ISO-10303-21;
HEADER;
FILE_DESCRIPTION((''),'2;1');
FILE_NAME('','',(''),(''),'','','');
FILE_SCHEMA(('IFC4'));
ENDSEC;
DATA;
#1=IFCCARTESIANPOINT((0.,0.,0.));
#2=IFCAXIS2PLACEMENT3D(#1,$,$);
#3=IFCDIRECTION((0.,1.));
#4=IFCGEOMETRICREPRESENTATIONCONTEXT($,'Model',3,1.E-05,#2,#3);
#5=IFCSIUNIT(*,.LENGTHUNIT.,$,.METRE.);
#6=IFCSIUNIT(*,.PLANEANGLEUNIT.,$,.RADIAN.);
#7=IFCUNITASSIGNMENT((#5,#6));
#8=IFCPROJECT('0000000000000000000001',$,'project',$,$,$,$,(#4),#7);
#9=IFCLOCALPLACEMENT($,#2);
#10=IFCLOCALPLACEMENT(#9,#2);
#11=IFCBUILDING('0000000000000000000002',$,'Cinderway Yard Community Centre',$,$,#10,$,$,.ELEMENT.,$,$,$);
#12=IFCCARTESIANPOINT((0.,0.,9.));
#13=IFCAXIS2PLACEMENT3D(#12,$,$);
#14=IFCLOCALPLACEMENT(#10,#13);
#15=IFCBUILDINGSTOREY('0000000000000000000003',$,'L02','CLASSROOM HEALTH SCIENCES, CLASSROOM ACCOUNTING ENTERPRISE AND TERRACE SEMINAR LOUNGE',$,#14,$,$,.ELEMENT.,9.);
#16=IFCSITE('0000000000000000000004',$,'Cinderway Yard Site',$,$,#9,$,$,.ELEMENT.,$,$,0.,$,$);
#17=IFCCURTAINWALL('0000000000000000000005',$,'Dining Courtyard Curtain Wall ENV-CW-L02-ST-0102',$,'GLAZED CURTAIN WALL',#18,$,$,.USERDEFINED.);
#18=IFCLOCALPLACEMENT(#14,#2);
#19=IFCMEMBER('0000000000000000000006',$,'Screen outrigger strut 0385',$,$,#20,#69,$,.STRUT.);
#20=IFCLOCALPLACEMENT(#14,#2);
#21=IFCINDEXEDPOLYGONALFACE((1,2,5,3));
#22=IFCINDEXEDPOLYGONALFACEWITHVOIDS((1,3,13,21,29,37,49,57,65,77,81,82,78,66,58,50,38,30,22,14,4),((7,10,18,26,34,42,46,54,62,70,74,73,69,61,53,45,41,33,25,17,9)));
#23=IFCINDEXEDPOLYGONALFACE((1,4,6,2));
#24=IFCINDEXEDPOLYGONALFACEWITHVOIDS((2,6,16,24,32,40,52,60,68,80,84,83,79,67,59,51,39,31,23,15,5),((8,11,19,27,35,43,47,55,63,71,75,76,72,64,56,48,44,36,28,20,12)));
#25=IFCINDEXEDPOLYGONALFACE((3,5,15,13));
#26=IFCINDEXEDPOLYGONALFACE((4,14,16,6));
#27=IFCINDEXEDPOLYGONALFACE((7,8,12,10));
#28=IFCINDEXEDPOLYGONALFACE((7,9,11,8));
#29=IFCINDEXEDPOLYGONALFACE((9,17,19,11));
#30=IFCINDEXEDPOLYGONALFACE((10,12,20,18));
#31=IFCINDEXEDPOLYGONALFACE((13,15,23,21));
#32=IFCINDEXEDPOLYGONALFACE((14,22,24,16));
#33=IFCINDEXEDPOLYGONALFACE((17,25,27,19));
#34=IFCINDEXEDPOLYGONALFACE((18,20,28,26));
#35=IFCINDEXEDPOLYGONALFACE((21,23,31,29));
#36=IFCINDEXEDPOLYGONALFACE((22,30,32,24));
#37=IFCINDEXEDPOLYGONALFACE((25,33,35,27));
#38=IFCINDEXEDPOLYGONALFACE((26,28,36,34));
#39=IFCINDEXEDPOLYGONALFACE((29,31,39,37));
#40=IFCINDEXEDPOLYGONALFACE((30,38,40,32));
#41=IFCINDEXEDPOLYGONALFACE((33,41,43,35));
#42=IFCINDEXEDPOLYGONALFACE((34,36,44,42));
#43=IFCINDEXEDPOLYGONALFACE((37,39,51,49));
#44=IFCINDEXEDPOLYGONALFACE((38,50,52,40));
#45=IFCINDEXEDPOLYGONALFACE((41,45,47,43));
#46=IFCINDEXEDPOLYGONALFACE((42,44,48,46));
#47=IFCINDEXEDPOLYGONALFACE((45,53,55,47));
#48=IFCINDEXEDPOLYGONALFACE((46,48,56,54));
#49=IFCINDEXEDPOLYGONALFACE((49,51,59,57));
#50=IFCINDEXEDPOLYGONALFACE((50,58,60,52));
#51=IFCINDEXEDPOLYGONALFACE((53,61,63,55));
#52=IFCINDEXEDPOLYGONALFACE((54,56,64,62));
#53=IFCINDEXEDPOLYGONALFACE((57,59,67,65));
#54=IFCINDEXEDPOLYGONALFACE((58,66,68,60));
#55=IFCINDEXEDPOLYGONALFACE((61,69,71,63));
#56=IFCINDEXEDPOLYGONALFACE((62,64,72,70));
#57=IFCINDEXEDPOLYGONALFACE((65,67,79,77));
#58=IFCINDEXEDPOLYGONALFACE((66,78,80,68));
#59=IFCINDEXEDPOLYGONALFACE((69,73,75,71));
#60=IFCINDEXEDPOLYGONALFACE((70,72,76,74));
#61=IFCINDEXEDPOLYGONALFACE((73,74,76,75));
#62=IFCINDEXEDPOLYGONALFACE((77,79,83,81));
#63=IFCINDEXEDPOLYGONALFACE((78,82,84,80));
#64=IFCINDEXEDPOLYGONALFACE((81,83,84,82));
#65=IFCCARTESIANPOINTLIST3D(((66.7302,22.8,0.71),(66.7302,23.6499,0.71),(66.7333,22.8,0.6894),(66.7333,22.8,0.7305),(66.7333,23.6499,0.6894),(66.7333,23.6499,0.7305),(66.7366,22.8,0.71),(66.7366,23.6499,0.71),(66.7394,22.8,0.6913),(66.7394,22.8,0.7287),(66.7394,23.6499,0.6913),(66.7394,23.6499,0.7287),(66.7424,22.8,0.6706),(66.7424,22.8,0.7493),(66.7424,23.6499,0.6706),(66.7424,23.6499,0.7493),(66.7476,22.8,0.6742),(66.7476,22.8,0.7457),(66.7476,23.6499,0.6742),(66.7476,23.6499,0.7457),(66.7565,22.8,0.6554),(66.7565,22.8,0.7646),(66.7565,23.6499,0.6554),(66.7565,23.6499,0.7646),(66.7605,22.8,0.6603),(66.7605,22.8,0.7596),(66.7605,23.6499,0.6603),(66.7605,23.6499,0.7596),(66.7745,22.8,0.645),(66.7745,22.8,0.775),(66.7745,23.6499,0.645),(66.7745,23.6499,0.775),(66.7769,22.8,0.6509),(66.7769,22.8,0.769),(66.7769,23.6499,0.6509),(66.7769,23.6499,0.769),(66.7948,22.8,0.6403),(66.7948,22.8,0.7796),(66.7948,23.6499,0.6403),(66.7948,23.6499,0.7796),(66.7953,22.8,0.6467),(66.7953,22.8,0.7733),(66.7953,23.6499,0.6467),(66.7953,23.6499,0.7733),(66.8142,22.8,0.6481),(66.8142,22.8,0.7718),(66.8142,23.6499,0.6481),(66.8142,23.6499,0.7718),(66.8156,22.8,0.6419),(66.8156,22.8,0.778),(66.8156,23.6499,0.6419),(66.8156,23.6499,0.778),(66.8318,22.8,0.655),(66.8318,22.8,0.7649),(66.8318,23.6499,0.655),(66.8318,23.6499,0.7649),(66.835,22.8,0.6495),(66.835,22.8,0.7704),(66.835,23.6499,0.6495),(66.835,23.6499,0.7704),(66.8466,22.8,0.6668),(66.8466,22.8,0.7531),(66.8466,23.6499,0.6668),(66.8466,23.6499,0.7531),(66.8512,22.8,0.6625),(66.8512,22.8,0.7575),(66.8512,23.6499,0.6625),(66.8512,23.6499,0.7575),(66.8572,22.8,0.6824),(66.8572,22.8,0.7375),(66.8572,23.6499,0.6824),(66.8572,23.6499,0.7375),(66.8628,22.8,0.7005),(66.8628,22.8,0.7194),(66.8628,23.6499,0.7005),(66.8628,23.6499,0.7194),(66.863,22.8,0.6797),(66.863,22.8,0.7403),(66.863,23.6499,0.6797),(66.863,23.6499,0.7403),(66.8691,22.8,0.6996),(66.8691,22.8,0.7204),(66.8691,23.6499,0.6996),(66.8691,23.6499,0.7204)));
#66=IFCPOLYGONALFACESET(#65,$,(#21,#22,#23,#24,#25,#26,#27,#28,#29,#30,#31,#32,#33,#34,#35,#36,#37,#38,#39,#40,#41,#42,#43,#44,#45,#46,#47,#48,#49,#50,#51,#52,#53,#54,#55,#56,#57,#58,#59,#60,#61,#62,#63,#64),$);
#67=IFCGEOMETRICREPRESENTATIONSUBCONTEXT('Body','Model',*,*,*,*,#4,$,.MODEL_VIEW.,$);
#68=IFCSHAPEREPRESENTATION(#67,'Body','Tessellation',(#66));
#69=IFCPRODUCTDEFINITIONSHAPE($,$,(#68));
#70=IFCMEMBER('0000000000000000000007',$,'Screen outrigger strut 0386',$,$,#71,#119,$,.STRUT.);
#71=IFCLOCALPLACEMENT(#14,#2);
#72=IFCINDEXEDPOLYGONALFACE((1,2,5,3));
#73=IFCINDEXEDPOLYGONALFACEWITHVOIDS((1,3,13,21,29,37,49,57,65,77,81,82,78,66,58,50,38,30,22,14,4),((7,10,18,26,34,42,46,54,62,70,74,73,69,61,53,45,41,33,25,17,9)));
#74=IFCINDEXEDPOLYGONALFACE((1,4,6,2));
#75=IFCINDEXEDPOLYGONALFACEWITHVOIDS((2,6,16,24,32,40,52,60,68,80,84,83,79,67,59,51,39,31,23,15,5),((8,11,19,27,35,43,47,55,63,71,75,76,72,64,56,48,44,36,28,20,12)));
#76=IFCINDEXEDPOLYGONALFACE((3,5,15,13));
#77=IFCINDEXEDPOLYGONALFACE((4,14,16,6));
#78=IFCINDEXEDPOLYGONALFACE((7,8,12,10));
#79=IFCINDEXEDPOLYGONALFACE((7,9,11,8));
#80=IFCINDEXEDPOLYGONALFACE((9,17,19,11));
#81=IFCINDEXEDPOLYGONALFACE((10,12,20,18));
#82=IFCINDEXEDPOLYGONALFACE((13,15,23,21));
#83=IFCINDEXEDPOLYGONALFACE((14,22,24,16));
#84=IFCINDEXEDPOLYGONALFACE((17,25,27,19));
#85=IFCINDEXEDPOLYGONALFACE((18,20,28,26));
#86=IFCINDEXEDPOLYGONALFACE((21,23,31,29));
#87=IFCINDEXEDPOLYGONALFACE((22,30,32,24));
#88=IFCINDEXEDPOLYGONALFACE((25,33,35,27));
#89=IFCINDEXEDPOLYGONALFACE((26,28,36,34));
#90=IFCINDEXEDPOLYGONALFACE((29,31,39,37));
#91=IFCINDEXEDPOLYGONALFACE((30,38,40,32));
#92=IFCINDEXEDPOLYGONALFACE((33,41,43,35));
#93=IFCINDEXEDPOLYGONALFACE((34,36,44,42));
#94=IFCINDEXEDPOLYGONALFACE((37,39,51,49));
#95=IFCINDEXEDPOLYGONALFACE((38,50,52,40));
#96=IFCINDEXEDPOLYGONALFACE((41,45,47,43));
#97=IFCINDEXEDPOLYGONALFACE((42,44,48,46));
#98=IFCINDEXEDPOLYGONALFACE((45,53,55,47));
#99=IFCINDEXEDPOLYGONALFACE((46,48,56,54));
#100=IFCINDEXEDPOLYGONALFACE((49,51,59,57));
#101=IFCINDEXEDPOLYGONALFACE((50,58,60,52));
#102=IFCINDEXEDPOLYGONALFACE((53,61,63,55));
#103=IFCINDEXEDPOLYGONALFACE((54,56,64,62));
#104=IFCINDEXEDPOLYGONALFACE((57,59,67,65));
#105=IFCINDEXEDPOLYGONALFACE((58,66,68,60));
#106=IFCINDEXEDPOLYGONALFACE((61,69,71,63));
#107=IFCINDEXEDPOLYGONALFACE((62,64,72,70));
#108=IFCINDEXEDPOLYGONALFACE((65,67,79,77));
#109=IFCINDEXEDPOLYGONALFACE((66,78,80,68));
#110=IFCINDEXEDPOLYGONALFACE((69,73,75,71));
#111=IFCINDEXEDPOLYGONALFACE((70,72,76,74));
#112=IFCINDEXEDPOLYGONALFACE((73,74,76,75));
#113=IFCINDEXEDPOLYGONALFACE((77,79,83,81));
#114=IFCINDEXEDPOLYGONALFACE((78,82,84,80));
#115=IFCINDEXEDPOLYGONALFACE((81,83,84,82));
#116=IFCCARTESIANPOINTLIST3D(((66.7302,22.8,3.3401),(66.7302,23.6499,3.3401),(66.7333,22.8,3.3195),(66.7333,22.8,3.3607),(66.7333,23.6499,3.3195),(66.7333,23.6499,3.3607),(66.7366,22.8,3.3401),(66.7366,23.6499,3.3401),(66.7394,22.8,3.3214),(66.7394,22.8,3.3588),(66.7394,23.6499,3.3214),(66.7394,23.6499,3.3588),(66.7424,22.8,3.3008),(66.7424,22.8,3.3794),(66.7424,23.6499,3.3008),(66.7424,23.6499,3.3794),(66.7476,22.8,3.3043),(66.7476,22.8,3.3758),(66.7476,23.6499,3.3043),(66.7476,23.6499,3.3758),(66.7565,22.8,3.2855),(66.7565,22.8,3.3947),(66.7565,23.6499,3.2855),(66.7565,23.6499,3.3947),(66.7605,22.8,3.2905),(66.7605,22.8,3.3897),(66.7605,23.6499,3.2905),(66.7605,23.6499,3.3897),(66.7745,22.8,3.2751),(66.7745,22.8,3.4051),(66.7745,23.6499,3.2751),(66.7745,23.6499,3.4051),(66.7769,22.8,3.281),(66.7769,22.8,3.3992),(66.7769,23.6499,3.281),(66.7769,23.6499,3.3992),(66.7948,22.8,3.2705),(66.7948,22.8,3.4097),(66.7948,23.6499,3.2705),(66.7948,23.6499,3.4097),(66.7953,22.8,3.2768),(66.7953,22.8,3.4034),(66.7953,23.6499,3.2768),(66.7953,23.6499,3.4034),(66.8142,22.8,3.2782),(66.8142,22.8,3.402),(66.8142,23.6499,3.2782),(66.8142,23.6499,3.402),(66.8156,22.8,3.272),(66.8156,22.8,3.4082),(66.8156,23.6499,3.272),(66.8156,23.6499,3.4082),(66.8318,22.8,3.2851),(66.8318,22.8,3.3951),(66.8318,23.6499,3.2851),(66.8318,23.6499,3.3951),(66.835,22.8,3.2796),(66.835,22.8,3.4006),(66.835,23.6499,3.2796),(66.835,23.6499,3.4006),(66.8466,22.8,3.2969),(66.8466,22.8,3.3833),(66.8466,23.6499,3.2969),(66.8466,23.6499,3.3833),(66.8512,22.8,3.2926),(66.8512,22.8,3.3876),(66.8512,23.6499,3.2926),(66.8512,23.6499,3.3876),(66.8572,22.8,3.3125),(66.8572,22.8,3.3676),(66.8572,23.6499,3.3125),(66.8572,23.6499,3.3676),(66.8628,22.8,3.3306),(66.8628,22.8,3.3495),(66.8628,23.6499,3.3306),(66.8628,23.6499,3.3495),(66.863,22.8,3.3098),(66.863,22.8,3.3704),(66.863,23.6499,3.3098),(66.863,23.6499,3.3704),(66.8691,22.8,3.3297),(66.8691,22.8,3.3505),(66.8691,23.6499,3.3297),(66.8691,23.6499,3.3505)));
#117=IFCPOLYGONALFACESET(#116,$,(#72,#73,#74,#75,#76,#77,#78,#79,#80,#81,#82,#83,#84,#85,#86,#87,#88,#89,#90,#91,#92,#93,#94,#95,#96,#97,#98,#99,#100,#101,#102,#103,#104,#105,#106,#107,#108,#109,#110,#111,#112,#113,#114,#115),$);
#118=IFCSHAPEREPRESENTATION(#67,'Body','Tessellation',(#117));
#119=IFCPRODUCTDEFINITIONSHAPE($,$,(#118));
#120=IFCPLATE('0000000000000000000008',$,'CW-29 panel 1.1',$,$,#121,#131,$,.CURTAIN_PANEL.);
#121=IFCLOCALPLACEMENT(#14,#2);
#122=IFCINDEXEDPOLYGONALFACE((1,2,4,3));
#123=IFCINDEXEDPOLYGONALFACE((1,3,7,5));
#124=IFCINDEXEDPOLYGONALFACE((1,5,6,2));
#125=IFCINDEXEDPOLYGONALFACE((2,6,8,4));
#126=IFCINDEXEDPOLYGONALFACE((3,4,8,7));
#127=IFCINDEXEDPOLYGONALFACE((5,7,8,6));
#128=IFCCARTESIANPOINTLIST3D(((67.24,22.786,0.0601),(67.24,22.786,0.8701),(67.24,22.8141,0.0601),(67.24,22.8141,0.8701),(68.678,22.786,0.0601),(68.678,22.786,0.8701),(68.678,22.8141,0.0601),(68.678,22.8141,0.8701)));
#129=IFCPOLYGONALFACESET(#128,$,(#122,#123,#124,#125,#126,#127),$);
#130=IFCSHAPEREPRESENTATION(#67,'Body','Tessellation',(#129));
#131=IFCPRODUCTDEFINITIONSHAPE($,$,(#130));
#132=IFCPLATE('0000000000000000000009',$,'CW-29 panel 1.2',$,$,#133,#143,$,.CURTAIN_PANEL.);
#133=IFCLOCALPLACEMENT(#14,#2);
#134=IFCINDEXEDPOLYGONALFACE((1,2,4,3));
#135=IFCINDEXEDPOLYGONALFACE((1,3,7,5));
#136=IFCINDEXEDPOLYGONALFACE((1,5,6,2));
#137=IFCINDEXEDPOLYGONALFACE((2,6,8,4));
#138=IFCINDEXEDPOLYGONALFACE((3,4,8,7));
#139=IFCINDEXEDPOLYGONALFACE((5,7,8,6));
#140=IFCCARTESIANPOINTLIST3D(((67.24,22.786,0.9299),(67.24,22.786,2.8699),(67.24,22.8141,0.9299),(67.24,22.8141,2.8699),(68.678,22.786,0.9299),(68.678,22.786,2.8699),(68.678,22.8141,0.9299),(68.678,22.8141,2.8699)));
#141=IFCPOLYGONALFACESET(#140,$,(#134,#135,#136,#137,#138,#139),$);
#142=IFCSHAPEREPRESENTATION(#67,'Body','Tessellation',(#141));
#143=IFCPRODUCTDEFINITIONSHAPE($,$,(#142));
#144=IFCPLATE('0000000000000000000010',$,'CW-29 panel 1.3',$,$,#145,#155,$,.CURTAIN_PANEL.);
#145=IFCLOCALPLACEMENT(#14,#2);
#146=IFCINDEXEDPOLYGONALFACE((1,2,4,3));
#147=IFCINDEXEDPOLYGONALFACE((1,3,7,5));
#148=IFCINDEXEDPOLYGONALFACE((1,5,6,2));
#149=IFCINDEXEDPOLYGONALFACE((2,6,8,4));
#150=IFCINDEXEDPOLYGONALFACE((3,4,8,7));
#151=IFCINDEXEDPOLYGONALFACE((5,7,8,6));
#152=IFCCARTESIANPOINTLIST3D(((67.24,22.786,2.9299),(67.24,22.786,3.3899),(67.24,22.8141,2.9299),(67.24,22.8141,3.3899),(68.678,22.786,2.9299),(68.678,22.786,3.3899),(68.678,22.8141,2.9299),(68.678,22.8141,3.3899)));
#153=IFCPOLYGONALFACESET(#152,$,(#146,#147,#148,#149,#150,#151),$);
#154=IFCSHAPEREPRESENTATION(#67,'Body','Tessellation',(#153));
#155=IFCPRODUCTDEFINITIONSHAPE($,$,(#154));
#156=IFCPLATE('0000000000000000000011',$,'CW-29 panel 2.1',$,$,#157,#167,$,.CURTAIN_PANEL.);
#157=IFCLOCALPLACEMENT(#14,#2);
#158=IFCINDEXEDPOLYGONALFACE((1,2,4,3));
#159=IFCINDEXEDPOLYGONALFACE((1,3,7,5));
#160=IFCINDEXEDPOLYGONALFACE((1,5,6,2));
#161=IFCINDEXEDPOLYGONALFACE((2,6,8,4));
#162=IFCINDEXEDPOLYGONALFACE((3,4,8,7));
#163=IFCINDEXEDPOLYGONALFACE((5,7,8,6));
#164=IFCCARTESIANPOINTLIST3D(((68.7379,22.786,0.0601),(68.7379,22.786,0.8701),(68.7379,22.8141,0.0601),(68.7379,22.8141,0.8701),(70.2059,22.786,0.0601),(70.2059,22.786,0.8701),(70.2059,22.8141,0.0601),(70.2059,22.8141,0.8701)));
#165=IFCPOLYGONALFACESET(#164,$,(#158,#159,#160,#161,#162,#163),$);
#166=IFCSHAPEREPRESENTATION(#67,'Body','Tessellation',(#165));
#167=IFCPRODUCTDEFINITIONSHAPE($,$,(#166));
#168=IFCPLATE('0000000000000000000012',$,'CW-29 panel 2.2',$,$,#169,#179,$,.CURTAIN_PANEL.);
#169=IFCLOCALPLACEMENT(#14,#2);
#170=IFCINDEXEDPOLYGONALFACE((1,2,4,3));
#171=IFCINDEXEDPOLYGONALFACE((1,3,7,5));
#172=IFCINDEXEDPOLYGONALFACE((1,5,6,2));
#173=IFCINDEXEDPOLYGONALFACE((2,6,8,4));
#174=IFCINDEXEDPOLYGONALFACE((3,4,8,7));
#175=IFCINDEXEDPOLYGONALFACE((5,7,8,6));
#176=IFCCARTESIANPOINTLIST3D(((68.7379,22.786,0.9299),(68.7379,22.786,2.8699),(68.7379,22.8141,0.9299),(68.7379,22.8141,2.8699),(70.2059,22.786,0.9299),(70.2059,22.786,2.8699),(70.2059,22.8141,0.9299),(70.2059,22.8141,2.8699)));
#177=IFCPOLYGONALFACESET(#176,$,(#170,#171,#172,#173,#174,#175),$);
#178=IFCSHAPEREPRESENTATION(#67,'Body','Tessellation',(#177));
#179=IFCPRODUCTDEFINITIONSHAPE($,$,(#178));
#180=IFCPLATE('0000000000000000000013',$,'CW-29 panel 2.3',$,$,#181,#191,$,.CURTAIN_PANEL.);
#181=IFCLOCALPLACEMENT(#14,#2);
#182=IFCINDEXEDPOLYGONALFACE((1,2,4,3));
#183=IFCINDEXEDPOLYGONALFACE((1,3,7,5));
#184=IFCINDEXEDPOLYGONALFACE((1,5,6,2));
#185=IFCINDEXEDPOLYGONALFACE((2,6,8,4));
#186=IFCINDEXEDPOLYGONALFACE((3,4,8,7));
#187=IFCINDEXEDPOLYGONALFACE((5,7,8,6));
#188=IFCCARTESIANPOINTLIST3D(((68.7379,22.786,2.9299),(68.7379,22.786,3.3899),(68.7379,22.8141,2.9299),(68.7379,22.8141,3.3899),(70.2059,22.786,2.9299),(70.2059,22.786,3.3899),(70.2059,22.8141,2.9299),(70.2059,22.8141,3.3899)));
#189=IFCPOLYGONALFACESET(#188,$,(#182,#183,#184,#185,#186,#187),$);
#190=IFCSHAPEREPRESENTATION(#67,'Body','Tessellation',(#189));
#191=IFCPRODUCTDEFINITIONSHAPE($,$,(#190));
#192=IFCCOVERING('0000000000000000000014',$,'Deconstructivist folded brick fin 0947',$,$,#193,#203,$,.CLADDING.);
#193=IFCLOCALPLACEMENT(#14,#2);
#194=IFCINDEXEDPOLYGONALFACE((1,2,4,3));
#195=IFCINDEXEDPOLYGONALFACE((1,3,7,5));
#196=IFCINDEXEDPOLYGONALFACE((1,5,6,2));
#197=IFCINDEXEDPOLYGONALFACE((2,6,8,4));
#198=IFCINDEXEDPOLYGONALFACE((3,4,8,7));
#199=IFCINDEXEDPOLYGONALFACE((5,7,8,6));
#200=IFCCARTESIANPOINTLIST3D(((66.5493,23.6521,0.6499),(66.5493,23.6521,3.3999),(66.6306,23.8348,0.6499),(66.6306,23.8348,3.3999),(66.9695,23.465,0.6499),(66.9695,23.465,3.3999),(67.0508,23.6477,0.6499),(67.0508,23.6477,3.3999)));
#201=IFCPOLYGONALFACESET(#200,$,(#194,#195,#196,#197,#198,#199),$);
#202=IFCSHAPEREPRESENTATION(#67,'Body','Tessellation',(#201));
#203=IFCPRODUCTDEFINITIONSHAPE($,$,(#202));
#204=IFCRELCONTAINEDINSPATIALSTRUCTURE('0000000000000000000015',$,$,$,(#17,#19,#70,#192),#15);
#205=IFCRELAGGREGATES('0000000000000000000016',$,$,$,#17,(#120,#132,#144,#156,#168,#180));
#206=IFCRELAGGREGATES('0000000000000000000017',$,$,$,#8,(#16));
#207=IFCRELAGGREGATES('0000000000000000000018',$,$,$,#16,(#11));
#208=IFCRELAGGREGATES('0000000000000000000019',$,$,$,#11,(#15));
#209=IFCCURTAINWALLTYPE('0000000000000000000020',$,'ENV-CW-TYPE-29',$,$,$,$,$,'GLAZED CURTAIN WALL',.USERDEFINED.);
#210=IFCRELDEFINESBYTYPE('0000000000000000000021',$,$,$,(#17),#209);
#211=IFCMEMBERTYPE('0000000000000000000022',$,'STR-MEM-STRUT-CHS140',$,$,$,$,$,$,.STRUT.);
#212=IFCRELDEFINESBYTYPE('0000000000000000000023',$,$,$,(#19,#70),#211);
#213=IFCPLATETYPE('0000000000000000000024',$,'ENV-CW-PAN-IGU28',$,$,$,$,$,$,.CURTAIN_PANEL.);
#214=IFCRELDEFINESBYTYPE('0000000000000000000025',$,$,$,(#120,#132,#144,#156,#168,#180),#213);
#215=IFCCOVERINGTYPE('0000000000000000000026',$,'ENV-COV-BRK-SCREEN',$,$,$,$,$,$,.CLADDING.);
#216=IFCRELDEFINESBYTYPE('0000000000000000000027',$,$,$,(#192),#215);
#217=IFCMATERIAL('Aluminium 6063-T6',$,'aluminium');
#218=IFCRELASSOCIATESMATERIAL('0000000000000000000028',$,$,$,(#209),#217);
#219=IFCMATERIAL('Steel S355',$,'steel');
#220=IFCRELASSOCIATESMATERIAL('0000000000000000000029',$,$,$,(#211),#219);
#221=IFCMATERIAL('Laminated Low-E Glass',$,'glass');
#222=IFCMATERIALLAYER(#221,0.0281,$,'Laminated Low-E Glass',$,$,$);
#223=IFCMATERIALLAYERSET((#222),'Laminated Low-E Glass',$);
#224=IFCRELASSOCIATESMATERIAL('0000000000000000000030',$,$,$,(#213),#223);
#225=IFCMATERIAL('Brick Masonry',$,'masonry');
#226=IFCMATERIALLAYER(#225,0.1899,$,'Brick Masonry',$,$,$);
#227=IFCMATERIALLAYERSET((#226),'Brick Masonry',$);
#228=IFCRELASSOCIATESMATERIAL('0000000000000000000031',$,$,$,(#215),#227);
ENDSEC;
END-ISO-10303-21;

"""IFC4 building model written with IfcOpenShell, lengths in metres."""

from ifc_helpers import new_model, si_unit, direction, frame, origin, origin_2d, place, context, subcontext, project, spatial, rectangle, hollow_circle, extrude, material, layer, layer_set, material_profile, profile_set, type_object, element, aggregate, save


model = new_model("IFC4")

# Units and contexts
model_context = context("Model", 3, precision=1e-05, world=origin(), true_north=direction((0.0, 1.0)))
body_context = subcontext(model_context, "Body", "Model", "MODEL_VIEW")
ifc_project = project(units=[si_unit("LENGTHUNIT", "METRE"), si_unit("PLANEANGLEUNIT", "RADIAN")], contexts=[model_context])

# Site, building, storey
site_placement = place(None, origin())
site = spatial("IfcSite", under=ifc_project, at=site_placement, Name="Cinderway Yard Site", CompositionType="ELEMENT", RefElevation=0.0)
building_placement = place(site_placement, origin())
building = spatial("IfcBuilding", under=site, at=building_placement, Name="Cinderway Yard Community Centre", CompositionType="ELEMENT")
storey_placement = place(building_placement, frame((0.0, 0.0, 9.0)))
storey = spatial("IfcBuildingStorey", under=building, at=storey_placement, Name="L02", Description="CLASSROOM HEALTH SCIENCES, CLASSROOM ACCOUNTING ENTERPRISE AND TERRACE SEMINAR LOUNGE", CompositionType="ELEMENT", Elevation=9.0)

# Curtain wall
ifc_material_1 = material(Name="Aluminium 6063-T6", Category="aluminium")
curtain_wall_type = type_object("IfcCurtainWallType", Name="ENV-CW-TYPE-29", ElementType="GLAZED CURTAIN WALL", PredefinedType="USERDEFINED", material=ifc_material_1)
curtain_wall_placement = place(storey_placement, origin())
curtain_wall = element("IfcCurtainWall", 1, at=curtain_wall_placement, inside=storey, type_object=curtain_wall_type, Name="Dining Courtyard Curtain Wall ENV-CW-L02-ST-0102", ObjectType="GLAZED CURTAIN WALL", PredefinedType="USERDEFINED")

# Shared definitions
ifc_material_2 = material(Name="Steel S355", Category="steel")

# Members
ifc_material_profile_1 = material_profile(ifc_material_2, hollow_circle(Radius=0.0698, WallThickness=0.0063, at=origin_2d()), Name="Steel S355")
ifc_profile_set_1 = profile_set([ifc_material_profile_1], Name="Steel S355")
member_type_1 = type_object("IfcMemberType", Name="STR-MEM-STRUT-CHS140", PredefinedType="STRUT", material=ifc_profile_set_1)
for number, where, z_axis, x_axis, name in (
    (2, (66.8, 22.8, 0.71), (0.0, 1.0, 0.0), (-1.0, 0.0, 0.0), "Screen outrigger strut 0385"),
    (3, (66.8, 22.8, 3.3401), (0.0, 1.0, 0.0), (-1.0, 0.0, 0.0), "Screen outrigger strut 0386"),
):
    element("IfcMember", number, at=place(storey_placement, frame(where, z_axis=z_axis, x_axis=x_axis)), inside=storey, type_object=member_type_1, Name=name, PredefinedType="STRUT", context=body_context, shape_type="SweptSolid", body=[
        extrude(hollow_circle(Radius=0.0698, WallThickness=0.0063, at=origin_2d()), origin(), (0.0, 0.0, 1.0), 0.8499),
    ])

# Plates
ifc_material_3 = material(Name="Laminated Low-E Glass", Category="glass")
ifc_layer_1 = layer(ifc_material_3, 0.0281, Name="Laminated Low-E Glass")
ifc_layer_set_1 = layer_set([ifc_layer_1], Name="Laminated Low-E Glass")
plate_type = type_object("IfcPlateType", Name="ENV-CW-PAN-IGU28", PredefinedType="CURTAIN_PANEL", material=ifc_layer_set_1)
plate_1_placement = place(storey_placement, frame((67.959, 22.8, 0.0601), z_axis=(0.0, 0.0, 1.0), x_axis=(1.0, 0.0, 0.0)))
plate_1 = element("IfcPlate", 4, at=plate_1_placement, type_object=plate_type, Name="CW-29 panel 1.1", PredefinedType="CURTAIN_PANEL", context=body_context, shape_type="SweptSolid", body=[
    extrude(rectangle(XDim=1.438, YDim=0.0281, at=origin_2d()), origin(), (0.0, 0.0, 1.0), 0.8101),
])
plate_2_placement = place(storey_placement, frame((67.959, 22.8, 0.9299), z_axis=(0.0, 0.0, 1.0), x_axis=(1.0, 0.0, 0.0)))
plate_2 = element("IfcPlate", 5, at=plate_2_placement, type_object=plate_type, Name="CW-29 panel 1.2", PredefinedType="CURTAIN_PANEL", context=body_context, shape_type="SweptSolid", body=[
    extrude(rectangle(XDim=1.438, YDim=0.0281, at=origin_2d()), origin(), (0.0, 0.0, 1.0), 1.9399),
])
plate_3_placement = place(storey_placement, frame((67.959, 22.8, 2.9299), z_axis=(0.0, 0.0, 1.0), x_axis=(1.0, 0.0, 0.0)))
plate_3 = element("IfcPlate", 6, at=plate_3_placement, type_object=plate_type, Name="CW-29 panel 1.3", PredefinedType="CURTAIN_PANEL", context=body_context, shape_type="SweptSolid", body=[
    extrude(rectangle(XDim=1.438, YDim=0.0281, at=origin_2d()), origin(), (0.0, 0.0, 1.0), 0.46),
])
plate_4_placement = place(storey_placement, frame((69.4719, 22.8, 0.0601), z_axis=(0.0, 0.0, 1.0), x_axis=(1.0, 0.0, 0.0)))
plate_4 = element("IfcPlate", 7, at=plate_4_placement, type_object=plate_type, Name="CW-29 panel 2.1", PredefinedType="CURTAIN_PANEL", context=body_context, shape_type="SweptSolid", body=[
    extrude(rectangle(XDim=1.468, YDim=0.0281, at=origin_2d()), origin(), (0.0, 0.0, 1.0), 0.8101),
])
plate_5_placement = place(storey_placement, frame((69.4719, 22.8, 0.9299), z_axis=(0.0, 0.0, 1.0), x_axis=(1.0, 0.0, 0.0)))
plate_5 = element("IfcPlate", 8, at=plate_5_placement, type_object=plate_type, Name="CW-29 panel 2.2", PredefinedType="CURTAIN_PANEL", context=body_context, shape_type="SweptSolid", body=[
    extrude(rectangle(XDim=1.468, YDim=0.0281, at=origin_2d()), origin(), (0.0, 0.0, 1.0), 1.9399),
])
plate_6_placement = place(storey_placement, frame((69.4719, 22.8, 2.9299), z_axis=(0.0, 0.0, 1.0), x_axis=(1.0, 0.0, 0.0)))
plate_6 = element("IfcPlate", 9, at=plate_6_placement, type_object=plate_type, Name="CW-29 panel 2.3", PredefinedType="CURTAIN_PANEL", context=body_context, shape_type="SweptSolid", body=[
    extrude(rectangle(XDim=1.468, YDim=0.0281, at=origin_2d()), origin(), (0.0, 0.0, 1.0), 0.46),
])
aggregate(curtain_wall, [plate_1, plate_2, plate_3, plate_4, plate_5, plate_6])

# Covering
ifc_material_4 = material(Name="Brick Masonry", Category="masonry")
ifc_layer_2 = layer(ifc_material_4, 0.1899, Name="Brick Masonry")
ifc_layer_set_2 = layer_set([ifc_layer_2], Name="Brick Masonry")
covering_type = type_object("IfcCoveringType", Name="ENV-COV-BRK-SCREEN", PredefinedType="CLADDING", material=ifc_layer_set_2)
covering_placement = place(storey_placement, frame((66.8, 23.6499, 0.6499), z_axis=(0.0, 0.0, 1.0), x_axis=(0.913545, -0.406737, 0.0)))
element("IfcCovering", 10, at=covering_placement, inside=storey, type_object=covering_type, Name="Deconstructivist folded brick fin 0947", PredefinedType="CLADDING", context=body_context, shape_type="SweptSolid", body=[
    extrude(rectangle(XDim=0.46, YDim=0.2, at=origin_2d()), origin(), (0.0, 0.0, 1.0), 2.75),
])

save(model, "model.ifc")
